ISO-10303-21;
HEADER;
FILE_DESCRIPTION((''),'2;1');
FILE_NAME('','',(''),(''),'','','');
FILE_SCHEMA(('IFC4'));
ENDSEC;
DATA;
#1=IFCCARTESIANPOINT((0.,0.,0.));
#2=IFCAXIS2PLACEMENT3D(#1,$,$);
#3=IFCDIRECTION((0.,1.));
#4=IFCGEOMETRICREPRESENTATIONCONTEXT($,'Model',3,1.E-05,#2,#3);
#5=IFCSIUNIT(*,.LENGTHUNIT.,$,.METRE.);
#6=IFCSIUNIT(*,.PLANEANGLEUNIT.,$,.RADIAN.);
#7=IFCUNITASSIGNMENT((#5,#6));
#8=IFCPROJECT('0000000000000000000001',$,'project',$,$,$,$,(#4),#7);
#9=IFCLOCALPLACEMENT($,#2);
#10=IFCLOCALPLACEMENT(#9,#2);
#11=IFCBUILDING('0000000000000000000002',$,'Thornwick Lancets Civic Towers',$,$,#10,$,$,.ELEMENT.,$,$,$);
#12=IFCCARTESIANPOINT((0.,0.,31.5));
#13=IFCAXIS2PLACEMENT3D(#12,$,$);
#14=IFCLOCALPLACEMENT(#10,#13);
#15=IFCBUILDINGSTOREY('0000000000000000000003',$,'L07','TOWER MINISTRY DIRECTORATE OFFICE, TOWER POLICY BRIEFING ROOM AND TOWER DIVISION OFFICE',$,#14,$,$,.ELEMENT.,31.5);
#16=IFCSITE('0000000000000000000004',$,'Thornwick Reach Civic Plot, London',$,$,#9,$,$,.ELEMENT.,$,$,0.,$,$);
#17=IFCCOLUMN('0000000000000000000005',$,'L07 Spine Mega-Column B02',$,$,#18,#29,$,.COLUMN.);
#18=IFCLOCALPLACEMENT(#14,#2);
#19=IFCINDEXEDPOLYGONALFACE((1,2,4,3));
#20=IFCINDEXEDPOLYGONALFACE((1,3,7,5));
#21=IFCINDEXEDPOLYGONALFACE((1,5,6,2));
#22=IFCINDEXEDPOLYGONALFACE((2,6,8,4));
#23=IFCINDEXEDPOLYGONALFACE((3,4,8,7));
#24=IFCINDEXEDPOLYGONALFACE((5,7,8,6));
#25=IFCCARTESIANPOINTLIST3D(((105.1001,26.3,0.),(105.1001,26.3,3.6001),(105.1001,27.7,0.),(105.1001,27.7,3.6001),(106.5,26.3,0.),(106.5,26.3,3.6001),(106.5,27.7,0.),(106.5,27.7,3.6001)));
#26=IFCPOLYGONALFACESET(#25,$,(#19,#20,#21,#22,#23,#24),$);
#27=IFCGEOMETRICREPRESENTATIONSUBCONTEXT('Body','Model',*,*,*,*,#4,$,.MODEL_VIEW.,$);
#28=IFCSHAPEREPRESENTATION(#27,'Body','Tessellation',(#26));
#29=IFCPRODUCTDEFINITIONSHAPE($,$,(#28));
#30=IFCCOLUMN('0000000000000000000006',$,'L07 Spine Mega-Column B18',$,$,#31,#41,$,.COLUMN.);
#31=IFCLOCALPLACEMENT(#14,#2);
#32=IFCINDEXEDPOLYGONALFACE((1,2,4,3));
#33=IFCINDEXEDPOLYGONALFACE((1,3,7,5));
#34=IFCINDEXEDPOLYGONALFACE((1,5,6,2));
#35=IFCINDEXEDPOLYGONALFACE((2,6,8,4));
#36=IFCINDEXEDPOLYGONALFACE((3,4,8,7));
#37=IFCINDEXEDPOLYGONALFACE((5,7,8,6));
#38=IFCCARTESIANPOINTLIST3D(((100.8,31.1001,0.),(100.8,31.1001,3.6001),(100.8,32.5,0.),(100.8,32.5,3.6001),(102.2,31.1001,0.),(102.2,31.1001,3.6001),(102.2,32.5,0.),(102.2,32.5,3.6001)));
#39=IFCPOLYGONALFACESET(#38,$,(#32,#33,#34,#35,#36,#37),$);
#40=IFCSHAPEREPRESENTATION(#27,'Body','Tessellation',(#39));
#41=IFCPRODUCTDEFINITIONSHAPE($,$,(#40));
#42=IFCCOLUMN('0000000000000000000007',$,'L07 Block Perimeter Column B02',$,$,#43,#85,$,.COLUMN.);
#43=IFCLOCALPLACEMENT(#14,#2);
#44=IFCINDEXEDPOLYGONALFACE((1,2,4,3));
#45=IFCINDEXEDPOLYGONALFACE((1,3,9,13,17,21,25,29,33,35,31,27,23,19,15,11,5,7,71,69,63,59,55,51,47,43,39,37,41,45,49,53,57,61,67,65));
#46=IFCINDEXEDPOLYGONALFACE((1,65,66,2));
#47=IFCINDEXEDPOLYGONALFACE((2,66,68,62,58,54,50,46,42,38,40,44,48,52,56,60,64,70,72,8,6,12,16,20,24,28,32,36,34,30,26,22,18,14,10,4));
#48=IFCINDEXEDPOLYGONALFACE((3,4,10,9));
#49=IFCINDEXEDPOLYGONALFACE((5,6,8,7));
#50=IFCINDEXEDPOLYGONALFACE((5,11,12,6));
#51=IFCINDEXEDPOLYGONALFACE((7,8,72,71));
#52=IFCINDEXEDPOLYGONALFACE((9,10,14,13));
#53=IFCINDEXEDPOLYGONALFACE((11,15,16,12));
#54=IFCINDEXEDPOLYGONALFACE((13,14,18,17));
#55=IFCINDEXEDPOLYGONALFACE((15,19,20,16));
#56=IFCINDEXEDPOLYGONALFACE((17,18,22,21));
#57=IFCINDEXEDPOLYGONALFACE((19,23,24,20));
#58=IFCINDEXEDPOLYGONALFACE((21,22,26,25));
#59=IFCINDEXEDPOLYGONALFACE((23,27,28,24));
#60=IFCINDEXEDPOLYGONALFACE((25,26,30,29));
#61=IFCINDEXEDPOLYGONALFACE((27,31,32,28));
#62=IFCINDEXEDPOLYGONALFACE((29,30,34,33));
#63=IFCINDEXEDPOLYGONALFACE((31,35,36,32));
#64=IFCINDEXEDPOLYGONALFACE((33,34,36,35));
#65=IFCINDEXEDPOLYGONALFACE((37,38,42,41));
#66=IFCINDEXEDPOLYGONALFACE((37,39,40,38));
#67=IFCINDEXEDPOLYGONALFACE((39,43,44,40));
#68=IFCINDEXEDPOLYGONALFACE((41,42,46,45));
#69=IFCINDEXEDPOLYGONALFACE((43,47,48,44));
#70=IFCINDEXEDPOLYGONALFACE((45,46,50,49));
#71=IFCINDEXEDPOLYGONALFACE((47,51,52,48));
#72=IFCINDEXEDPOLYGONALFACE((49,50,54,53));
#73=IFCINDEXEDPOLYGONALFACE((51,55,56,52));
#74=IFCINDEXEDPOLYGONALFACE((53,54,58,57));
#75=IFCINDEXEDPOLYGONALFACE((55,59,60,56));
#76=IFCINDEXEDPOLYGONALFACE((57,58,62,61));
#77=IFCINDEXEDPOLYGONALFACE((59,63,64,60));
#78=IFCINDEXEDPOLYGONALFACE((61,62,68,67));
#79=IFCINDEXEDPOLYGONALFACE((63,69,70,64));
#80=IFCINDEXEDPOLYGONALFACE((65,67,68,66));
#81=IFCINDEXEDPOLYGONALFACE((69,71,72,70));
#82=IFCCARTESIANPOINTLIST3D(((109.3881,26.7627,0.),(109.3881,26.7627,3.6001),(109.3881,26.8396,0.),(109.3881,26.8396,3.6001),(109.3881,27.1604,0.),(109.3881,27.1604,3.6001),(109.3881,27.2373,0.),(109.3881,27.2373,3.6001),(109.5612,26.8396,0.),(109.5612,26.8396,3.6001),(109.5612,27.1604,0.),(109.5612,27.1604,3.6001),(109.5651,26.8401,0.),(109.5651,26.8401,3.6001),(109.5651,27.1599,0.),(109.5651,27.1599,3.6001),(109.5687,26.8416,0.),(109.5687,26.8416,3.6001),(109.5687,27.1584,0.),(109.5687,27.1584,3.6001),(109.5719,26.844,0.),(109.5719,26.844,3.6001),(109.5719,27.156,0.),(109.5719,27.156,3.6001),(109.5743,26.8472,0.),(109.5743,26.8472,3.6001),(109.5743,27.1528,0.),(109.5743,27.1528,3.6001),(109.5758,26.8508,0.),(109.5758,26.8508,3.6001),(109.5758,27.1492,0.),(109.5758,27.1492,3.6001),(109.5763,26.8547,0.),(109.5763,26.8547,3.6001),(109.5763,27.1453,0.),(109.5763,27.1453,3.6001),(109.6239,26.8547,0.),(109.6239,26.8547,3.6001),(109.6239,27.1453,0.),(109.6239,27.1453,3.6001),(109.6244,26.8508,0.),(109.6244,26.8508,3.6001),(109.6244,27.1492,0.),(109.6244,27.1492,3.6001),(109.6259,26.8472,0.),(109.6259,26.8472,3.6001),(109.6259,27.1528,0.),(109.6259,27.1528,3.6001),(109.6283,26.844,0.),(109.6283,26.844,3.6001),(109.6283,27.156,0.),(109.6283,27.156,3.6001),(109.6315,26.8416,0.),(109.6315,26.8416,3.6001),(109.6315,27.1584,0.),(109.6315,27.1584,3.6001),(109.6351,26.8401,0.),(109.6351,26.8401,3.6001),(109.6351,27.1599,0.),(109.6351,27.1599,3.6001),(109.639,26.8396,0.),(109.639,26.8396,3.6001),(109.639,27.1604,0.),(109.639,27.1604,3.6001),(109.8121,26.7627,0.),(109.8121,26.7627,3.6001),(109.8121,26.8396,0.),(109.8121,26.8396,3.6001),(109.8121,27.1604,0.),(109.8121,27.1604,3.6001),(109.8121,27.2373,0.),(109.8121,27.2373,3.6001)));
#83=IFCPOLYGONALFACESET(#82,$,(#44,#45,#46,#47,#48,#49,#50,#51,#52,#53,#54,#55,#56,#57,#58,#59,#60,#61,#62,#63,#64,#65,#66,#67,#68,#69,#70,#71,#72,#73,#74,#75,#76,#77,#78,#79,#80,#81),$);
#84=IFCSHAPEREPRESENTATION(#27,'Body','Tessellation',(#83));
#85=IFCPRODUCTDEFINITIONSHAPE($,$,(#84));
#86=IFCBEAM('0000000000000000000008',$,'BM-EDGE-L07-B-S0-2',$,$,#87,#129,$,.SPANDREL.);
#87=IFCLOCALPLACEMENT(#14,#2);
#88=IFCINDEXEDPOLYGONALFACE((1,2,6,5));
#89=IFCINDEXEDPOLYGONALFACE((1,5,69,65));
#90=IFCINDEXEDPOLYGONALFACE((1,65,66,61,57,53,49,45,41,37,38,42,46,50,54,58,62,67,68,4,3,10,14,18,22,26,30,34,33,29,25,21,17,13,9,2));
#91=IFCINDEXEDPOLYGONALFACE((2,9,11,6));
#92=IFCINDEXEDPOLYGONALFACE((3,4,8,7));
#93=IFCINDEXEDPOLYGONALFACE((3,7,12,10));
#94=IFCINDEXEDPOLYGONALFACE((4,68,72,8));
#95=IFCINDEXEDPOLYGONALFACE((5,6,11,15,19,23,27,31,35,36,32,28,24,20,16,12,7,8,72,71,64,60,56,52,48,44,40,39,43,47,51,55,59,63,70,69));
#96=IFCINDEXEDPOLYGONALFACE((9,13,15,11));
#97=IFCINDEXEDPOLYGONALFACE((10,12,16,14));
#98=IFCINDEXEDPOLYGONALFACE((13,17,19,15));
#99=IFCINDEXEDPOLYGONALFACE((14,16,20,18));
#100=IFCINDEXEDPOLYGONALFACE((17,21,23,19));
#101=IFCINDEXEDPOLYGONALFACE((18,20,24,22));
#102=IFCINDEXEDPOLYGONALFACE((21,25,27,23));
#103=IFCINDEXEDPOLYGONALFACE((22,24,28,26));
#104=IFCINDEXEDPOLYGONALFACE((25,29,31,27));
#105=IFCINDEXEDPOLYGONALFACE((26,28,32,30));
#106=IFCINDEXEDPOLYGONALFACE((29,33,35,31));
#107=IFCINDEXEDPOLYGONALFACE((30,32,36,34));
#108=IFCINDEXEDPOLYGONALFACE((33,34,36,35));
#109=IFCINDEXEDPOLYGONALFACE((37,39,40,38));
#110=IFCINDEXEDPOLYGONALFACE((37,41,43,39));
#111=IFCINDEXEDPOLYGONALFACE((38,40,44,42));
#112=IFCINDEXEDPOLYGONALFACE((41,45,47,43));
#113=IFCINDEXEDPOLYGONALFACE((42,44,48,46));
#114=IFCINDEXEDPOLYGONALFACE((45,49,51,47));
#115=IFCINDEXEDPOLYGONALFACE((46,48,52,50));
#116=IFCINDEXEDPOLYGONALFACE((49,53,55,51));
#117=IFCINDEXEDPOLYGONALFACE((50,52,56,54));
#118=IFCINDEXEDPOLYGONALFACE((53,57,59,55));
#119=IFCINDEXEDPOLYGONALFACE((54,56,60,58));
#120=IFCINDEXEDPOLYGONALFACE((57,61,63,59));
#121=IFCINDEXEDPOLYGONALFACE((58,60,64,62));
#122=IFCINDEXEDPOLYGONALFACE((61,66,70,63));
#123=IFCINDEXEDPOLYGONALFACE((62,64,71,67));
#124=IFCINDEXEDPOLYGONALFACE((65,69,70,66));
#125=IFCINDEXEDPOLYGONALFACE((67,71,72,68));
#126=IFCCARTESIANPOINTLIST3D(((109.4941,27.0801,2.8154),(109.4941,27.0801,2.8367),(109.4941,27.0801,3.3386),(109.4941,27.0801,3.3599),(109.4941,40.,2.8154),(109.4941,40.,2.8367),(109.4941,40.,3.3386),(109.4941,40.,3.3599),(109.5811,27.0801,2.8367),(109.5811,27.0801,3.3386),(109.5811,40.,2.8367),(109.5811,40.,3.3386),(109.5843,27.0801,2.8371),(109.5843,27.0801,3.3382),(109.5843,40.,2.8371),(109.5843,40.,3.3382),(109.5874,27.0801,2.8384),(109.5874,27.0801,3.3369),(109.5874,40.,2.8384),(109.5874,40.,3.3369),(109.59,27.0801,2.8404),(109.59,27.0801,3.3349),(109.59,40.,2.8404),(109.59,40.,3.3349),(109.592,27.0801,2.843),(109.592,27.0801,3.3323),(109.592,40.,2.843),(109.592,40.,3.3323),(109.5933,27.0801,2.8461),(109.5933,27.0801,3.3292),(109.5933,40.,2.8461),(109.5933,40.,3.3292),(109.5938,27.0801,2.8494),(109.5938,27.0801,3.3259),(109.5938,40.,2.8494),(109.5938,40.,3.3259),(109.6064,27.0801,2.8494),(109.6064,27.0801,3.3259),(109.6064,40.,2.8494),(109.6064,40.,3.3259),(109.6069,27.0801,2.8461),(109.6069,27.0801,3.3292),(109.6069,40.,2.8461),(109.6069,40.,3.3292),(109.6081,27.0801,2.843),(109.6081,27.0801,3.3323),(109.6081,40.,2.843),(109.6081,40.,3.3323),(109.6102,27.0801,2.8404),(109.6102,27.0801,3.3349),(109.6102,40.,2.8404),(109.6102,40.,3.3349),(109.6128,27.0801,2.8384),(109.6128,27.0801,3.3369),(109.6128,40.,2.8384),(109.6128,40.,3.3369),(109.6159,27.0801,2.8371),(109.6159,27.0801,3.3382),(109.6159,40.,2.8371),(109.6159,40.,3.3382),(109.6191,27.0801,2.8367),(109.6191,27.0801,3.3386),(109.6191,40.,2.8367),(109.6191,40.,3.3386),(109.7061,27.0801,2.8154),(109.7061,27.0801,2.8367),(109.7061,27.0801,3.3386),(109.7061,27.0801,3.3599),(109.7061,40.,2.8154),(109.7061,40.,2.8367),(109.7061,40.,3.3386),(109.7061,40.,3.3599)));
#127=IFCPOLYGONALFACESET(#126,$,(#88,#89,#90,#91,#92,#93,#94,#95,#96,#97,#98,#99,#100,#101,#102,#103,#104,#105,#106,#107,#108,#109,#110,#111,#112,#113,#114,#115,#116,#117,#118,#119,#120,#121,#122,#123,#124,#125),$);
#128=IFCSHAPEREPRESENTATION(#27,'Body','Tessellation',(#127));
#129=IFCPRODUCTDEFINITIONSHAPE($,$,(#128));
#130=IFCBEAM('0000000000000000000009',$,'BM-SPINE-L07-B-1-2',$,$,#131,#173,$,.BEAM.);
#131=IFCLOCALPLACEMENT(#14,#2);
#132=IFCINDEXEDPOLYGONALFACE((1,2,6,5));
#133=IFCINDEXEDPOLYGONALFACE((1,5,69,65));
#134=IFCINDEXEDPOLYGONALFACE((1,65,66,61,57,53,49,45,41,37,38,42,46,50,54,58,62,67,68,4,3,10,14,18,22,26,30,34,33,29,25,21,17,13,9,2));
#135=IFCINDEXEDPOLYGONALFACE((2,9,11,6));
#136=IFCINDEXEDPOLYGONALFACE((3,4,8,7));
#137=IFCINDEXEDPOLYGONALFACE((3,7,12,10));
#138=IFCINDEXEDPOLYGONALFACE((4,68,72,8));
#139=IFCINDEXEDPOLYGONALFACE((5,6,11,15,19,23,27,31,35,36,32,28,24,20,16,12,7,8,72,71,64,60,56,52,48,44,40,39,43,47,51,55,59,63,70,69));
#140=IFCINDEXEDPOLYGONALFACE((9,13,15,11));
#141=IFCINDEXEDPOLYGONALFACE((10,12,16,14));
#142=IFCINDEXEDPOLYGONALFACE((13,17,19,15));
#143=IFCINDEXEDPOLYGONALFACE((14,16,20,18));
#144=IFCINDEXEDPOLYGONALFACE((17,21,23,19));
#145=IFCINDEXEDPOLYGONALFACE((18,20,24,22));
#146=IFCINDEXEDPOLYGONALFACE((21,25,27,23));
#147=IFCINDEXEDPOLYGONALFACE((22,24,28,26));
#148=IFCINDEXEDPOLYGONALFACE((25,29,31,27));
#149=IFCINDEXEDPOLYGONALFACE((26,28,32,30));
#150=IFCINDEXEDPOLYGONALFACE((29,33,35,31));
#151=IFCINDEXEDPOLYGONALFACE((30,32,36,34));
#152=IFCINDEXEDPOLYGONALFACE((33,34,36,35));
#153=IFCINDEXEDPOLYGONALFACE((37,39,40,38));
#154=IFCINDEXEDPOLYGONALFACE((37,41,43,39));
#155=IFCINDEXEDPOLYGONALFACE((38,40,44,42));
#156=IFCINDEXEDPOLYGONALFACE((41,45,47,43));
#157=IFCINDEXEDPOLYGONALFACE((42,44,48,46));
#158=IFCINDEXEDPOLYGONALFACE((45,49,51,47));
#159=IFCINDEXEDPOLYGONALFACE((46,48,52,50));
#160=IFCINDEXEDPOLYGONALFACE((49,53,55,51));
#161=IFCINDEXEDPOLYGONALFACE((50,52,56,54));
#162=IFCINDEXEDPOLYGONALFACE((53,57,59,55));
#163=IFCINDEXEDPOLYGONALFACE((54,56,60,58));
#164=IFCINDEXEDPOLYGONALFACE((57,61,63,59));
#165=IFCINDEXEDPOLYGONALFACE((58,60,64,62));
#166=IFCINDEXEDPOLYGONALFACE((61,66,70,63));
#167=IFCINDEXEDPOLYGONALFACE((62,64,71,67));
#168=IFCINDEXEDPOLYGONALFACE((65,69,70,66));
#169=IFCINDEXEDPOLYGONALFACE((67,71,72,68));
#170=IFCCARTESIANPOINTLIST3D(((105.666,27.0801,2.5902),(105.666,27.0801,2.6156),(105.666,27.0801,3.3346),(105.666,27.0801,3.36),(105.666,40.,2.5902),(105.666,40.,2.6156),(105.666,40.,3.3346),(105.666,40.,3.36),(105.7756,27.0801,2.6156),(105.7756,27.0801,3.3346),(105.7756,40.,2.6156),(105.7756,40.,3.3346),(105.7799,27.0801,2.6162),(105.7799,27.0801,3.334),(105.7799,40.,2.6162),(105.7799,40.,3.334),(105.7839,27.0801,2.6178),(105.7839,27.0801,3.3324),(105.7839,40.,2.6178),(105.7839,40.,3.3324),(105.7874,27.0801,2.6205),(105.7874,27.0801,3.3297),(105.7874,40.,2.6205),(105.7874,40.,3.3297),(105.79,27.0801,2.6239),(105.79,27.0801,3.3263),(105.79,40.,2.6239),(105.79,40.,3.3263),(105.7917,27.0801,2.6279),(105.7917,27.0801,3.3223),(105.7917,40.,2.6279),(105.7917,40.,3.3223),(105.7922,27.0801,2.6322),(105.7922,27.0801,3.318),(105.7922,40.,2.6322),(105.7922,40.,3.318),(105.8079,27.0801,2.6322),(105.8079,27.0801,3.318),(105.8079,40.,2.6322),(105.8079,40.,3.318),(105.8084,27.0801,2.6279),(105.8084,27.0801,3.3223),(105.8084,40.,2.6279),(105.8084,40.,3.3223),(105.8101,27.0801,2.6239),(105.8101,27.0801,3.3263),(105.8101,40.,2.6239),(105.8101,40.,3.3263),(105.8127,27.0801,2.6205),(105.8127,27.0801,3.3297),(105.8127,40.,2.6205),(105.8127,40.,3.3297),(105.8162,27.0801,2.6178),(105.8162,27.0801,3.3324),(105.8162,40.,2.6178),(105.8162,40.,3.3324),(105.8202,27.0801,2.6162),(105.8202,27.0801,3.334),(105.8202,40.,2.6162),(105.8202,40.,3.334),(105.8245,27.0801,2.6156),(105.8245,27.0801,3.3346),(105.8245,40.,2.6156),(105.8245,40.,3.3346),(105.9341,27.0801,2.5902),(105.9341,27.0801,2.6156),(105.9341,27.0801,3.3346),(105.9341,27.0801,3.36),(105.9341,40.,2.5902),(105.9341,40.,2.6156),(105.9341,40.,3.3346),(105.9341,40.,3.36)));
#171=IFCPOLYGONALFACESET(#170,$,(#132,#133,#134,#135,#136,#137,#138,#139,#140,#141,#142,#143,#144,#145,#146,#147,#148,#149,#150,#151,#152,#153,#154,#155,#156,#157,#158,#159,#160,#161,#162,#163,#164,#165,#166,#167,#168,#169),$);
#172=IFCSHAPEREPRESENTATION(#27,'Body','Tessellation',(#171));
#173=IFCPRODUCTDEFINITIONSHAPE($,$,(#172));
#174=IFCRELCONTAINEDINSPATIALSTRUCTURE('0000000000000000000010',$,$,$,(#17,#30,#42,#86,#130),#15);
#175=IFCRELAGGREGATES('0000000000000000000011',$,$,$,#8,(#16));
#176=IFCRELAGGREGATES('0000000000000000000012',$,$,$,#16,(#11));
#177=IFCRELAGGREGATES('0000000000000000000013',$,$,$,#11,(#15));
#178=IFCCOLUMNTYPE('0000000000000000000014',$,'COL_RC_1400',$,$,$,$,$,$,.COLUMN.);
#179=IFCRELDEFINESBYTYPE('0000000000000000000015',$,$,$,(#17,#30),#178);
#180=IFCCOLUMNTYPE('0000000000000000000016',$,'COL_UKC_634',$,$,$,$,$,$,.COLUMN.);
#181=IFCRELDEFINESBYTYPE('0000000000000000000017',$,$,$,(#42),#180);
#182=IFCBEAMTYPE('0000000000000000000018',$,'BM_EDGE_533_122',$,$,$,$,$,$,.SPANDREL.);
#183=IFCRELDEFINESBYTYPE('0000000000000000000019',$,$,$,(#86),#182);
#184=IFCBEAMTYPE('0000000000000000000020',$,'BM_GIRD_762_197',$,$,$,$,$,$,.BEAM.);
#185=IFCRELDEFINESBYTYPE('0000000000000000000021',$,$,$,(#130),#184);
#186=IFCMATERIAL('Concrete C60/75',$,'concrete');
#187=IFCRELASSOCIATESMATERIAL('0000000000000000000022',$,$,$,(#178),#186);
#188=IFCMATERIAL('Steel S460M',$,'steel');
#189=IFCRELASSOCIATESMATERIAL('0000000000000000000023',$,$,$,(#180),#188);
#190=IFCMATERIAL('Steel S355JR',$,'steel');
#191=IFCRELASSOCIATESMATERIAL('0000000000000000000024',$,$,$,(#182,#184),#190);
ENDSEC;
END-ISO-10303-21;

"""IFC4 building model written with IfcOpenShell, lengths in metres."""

from ifc_helpers import new_model, si_unit, direction, frame, origin, origin_2d, place, context, subcontext, project, spatial, rectangle, i_section, extrude, material, material_profile, profile_set, type_object, element, save


model = new_model("IFC4")

# Units and contexts
model_context = context("Model", 3, precision=1e-05, world=origin(), true_north=direction((0.0, 1.0)))
body_context = subcontext(model_context, "Body", "Model", "MODEL_VIEW")
ifc_project = project(units=[si_unit("LENGTHUNIT", "METRE"), si_unit("PLANEANGLEUNIT", "RADIAN")], contexts=[model_context])

# Site, building, storey
site_placement = place(None, origin())
site = spatial("IfcSite", under=ifc_project, at=site_placement, Name="Thornwick Reach Civic Plot, London", CompositionType="ELEMENT", RefElevation=0.0)
building_placement = place(site_placement, origin())
building = spatial("IfcBuilding", under=site, at=building_placement, Name="Thornwick Lancets Civic Towers", CompositionType="ELEMENT")
storey_placement = place(building_placement, frame((0.0, 0.0, 31.5)))
storey = spatial("IfcBuildingStorey", under=building, at=storey_placement, Name="L07", Description="TOWER MINISTRY DIRECTORATE OFFICE, TOWER POLICY BRIEFING ROOM AND TOWER DIVISION OFFICE", CompositionType="ELEMENT", Elevation=31.5)

# Columns
ifc_material_1 = material(Name="Concrete C60/75", Category="concrete")
ifc_material_profile_1 = material_profile(ifc_material_1, rectangle(XDim=1.3999, YDim=1.3999, at=origin_2d()), Name="RC 1400x1400")
ifc_profile_set_1 = profile_set([ifc_material_profile_1], Name="Concrete C60/75")
column_type_1 = type_object("IfcColumnType", Name="COL_RC_1400", PredefinedType="COLUMN", material=ifc_profile_set_1)
for number, where, z_axis, x_axis, name in (
    (1, (105.8, 27.0, 0.0), (0.0, 0.0, 1.0), (1.0, 0.0, 0.0), "L07 Spine Mega-Column B02"),
    (2, (101.5, 31.8, 0.0), (0.0, 0.0, 1.0), (1.0, 0.0, 0.0), "L07 Spine Mega-Column B18"),
):
    element("IfcColumn", number, at=place(storey_placement, frame(where, z_axis=z_axis, x_axis=x_axis)), inside=storey, type_object=column_type_1, Name=name, PredefinedType="COLUMN", context=body_context, shape_type="SweptSolid", body=[
        extrude(rectangle(XDim=1.3999, YDim=1.3999, at=origin_2d()), origin(), (0.0, 0.0, 1.0), 3.6001),
    ])
ifc_material_2 = material(Name="Steel S460M", Category="steel")
ifc_material_profile_2 = material_profile(ifc_material_2, i_section(OverallWidth=0.4241, OverallDepth=0.4746, WebThickness=0.0476, FlangeThickness=0.0769, FilletRadius=0.0151, at=origin_2d()), Name="UKC 356x406x634")
ifc_profile_set_2 = profile_set([ifc_material_profile_2], Name="Steel S460M")
column_type_2 = type_object("IfcColumnType", Name="COL_UKC_634", PredefinedType="COLUMN", material=ifc_profile_set_2)
column_placement = place(storey_placement, frame((109.6001, 27.0, 0.0), z_axis=(0.0, 0.0, 1.0), x_axis=(1.0, 0.0, 0.0)))
element("IfcColumn", 3, at=column_placement, inside=storey, type_object=column_type_2, Name="L07 Block Perimeter Column B02", PredefinedType="COLUMN", context=body_context, shape_type="SweptSolid", body=[
    extrude(i_section(OverallWidth=0.4241, OverallDepth=0.4746, WebThickness=0.0476, FlangeThickness=0.0769, FilletRadius=0.0151, at=origin_2d()), origin(), (0.0, 0.0, 1.0), 3.6001),
])

# Beams
ifc_material_3 = material(Name="Steel S355JR", Category="steel")
ifc_material_profile_3 = material_profile(ifc_material_3, i_section(OverallWidth=0.2119, OverallDepth=0.5444, WebThickness=0.0127, FlangeThickness=0.0212, FilletRadius=0.0127, at=origin_2d()), Name="UKB 533x210x122")
ifc_profile_set_3 = profile_set([ifc_material_profile_3], Name="Steel S355JR")
beam_type_1 = type_object("IfcBeamType", Name="BM_EDGE_533_122", PredefinedType="SPANDREL", material=ifc_profile_set_3)
beam_1_placement = place(storey_placement, frame((109.6001, 27.0801, 3.0876), z_axis=(0.0, 1.0, 0.0), x_axis=(-1.0, 0.0, 0.0)))
element("IfcBeam", 4, at=beam_1_placement, inside=storey, type_object=beam_type_1, Name="BM-EDGE-L07-B-S0-2", PredefinedType="SPANDREL", context=body_context, shape_type="SweptSolid", body=[
    extrude(i_section(OverallWidth=0.2119, OverallDepth=0.5444, WebThickness=0.0127, FlangeThickness=0.0212, FilletRadius=0.0127, at=origin_2d()), origin(), (0.0, 0.0, 1.0), 12.9199),
])
ifc_material_profile_4 = material_profile(ifc_material_3, i_section(OverallWidth=0.2681, OverallDepth=0.7698, WebThickness=0.0156, FlangeThickness=0.0254, FilletRadius=0.0166, at=origin_2d()), Name="UKB 762x267x197")
ifc_profile_set_4 = profile_set([ifc_material_profile_4], Name="Steel S355JR")
beam_type_2 = type_object("IfcBeamType", Name="BM_GIRD_762_197", PredefinedType="BEAM", material=ifc_profile_set_4)
beam_2_placement = place(storey_placement, frame((105.8, 27.0801, 2.9751), z_axis=(0.0, 1.0, 0.0), x_axis=(-1.0, 0.0, 0.0)))
element("IfcBeam", 5, at=beam_2_placement, inside=storey, type_object=beam_type_2, Name="BM-SPINE-L07-B-1-2", PredefinedType="BEAM", context=body_context, shape_type="SweptSolid", body=[
    extrude(i_section(OverallWidth=0.2681, OverallDepth=0.7698, WebThickness=0.0156, FlangeThickness=0.0254, FilletRadius=0.0166, at=origin_2d()), origin(), (0.0, 0.0, 1.0), 12.9199),
])

save(model, "model.ifc")
